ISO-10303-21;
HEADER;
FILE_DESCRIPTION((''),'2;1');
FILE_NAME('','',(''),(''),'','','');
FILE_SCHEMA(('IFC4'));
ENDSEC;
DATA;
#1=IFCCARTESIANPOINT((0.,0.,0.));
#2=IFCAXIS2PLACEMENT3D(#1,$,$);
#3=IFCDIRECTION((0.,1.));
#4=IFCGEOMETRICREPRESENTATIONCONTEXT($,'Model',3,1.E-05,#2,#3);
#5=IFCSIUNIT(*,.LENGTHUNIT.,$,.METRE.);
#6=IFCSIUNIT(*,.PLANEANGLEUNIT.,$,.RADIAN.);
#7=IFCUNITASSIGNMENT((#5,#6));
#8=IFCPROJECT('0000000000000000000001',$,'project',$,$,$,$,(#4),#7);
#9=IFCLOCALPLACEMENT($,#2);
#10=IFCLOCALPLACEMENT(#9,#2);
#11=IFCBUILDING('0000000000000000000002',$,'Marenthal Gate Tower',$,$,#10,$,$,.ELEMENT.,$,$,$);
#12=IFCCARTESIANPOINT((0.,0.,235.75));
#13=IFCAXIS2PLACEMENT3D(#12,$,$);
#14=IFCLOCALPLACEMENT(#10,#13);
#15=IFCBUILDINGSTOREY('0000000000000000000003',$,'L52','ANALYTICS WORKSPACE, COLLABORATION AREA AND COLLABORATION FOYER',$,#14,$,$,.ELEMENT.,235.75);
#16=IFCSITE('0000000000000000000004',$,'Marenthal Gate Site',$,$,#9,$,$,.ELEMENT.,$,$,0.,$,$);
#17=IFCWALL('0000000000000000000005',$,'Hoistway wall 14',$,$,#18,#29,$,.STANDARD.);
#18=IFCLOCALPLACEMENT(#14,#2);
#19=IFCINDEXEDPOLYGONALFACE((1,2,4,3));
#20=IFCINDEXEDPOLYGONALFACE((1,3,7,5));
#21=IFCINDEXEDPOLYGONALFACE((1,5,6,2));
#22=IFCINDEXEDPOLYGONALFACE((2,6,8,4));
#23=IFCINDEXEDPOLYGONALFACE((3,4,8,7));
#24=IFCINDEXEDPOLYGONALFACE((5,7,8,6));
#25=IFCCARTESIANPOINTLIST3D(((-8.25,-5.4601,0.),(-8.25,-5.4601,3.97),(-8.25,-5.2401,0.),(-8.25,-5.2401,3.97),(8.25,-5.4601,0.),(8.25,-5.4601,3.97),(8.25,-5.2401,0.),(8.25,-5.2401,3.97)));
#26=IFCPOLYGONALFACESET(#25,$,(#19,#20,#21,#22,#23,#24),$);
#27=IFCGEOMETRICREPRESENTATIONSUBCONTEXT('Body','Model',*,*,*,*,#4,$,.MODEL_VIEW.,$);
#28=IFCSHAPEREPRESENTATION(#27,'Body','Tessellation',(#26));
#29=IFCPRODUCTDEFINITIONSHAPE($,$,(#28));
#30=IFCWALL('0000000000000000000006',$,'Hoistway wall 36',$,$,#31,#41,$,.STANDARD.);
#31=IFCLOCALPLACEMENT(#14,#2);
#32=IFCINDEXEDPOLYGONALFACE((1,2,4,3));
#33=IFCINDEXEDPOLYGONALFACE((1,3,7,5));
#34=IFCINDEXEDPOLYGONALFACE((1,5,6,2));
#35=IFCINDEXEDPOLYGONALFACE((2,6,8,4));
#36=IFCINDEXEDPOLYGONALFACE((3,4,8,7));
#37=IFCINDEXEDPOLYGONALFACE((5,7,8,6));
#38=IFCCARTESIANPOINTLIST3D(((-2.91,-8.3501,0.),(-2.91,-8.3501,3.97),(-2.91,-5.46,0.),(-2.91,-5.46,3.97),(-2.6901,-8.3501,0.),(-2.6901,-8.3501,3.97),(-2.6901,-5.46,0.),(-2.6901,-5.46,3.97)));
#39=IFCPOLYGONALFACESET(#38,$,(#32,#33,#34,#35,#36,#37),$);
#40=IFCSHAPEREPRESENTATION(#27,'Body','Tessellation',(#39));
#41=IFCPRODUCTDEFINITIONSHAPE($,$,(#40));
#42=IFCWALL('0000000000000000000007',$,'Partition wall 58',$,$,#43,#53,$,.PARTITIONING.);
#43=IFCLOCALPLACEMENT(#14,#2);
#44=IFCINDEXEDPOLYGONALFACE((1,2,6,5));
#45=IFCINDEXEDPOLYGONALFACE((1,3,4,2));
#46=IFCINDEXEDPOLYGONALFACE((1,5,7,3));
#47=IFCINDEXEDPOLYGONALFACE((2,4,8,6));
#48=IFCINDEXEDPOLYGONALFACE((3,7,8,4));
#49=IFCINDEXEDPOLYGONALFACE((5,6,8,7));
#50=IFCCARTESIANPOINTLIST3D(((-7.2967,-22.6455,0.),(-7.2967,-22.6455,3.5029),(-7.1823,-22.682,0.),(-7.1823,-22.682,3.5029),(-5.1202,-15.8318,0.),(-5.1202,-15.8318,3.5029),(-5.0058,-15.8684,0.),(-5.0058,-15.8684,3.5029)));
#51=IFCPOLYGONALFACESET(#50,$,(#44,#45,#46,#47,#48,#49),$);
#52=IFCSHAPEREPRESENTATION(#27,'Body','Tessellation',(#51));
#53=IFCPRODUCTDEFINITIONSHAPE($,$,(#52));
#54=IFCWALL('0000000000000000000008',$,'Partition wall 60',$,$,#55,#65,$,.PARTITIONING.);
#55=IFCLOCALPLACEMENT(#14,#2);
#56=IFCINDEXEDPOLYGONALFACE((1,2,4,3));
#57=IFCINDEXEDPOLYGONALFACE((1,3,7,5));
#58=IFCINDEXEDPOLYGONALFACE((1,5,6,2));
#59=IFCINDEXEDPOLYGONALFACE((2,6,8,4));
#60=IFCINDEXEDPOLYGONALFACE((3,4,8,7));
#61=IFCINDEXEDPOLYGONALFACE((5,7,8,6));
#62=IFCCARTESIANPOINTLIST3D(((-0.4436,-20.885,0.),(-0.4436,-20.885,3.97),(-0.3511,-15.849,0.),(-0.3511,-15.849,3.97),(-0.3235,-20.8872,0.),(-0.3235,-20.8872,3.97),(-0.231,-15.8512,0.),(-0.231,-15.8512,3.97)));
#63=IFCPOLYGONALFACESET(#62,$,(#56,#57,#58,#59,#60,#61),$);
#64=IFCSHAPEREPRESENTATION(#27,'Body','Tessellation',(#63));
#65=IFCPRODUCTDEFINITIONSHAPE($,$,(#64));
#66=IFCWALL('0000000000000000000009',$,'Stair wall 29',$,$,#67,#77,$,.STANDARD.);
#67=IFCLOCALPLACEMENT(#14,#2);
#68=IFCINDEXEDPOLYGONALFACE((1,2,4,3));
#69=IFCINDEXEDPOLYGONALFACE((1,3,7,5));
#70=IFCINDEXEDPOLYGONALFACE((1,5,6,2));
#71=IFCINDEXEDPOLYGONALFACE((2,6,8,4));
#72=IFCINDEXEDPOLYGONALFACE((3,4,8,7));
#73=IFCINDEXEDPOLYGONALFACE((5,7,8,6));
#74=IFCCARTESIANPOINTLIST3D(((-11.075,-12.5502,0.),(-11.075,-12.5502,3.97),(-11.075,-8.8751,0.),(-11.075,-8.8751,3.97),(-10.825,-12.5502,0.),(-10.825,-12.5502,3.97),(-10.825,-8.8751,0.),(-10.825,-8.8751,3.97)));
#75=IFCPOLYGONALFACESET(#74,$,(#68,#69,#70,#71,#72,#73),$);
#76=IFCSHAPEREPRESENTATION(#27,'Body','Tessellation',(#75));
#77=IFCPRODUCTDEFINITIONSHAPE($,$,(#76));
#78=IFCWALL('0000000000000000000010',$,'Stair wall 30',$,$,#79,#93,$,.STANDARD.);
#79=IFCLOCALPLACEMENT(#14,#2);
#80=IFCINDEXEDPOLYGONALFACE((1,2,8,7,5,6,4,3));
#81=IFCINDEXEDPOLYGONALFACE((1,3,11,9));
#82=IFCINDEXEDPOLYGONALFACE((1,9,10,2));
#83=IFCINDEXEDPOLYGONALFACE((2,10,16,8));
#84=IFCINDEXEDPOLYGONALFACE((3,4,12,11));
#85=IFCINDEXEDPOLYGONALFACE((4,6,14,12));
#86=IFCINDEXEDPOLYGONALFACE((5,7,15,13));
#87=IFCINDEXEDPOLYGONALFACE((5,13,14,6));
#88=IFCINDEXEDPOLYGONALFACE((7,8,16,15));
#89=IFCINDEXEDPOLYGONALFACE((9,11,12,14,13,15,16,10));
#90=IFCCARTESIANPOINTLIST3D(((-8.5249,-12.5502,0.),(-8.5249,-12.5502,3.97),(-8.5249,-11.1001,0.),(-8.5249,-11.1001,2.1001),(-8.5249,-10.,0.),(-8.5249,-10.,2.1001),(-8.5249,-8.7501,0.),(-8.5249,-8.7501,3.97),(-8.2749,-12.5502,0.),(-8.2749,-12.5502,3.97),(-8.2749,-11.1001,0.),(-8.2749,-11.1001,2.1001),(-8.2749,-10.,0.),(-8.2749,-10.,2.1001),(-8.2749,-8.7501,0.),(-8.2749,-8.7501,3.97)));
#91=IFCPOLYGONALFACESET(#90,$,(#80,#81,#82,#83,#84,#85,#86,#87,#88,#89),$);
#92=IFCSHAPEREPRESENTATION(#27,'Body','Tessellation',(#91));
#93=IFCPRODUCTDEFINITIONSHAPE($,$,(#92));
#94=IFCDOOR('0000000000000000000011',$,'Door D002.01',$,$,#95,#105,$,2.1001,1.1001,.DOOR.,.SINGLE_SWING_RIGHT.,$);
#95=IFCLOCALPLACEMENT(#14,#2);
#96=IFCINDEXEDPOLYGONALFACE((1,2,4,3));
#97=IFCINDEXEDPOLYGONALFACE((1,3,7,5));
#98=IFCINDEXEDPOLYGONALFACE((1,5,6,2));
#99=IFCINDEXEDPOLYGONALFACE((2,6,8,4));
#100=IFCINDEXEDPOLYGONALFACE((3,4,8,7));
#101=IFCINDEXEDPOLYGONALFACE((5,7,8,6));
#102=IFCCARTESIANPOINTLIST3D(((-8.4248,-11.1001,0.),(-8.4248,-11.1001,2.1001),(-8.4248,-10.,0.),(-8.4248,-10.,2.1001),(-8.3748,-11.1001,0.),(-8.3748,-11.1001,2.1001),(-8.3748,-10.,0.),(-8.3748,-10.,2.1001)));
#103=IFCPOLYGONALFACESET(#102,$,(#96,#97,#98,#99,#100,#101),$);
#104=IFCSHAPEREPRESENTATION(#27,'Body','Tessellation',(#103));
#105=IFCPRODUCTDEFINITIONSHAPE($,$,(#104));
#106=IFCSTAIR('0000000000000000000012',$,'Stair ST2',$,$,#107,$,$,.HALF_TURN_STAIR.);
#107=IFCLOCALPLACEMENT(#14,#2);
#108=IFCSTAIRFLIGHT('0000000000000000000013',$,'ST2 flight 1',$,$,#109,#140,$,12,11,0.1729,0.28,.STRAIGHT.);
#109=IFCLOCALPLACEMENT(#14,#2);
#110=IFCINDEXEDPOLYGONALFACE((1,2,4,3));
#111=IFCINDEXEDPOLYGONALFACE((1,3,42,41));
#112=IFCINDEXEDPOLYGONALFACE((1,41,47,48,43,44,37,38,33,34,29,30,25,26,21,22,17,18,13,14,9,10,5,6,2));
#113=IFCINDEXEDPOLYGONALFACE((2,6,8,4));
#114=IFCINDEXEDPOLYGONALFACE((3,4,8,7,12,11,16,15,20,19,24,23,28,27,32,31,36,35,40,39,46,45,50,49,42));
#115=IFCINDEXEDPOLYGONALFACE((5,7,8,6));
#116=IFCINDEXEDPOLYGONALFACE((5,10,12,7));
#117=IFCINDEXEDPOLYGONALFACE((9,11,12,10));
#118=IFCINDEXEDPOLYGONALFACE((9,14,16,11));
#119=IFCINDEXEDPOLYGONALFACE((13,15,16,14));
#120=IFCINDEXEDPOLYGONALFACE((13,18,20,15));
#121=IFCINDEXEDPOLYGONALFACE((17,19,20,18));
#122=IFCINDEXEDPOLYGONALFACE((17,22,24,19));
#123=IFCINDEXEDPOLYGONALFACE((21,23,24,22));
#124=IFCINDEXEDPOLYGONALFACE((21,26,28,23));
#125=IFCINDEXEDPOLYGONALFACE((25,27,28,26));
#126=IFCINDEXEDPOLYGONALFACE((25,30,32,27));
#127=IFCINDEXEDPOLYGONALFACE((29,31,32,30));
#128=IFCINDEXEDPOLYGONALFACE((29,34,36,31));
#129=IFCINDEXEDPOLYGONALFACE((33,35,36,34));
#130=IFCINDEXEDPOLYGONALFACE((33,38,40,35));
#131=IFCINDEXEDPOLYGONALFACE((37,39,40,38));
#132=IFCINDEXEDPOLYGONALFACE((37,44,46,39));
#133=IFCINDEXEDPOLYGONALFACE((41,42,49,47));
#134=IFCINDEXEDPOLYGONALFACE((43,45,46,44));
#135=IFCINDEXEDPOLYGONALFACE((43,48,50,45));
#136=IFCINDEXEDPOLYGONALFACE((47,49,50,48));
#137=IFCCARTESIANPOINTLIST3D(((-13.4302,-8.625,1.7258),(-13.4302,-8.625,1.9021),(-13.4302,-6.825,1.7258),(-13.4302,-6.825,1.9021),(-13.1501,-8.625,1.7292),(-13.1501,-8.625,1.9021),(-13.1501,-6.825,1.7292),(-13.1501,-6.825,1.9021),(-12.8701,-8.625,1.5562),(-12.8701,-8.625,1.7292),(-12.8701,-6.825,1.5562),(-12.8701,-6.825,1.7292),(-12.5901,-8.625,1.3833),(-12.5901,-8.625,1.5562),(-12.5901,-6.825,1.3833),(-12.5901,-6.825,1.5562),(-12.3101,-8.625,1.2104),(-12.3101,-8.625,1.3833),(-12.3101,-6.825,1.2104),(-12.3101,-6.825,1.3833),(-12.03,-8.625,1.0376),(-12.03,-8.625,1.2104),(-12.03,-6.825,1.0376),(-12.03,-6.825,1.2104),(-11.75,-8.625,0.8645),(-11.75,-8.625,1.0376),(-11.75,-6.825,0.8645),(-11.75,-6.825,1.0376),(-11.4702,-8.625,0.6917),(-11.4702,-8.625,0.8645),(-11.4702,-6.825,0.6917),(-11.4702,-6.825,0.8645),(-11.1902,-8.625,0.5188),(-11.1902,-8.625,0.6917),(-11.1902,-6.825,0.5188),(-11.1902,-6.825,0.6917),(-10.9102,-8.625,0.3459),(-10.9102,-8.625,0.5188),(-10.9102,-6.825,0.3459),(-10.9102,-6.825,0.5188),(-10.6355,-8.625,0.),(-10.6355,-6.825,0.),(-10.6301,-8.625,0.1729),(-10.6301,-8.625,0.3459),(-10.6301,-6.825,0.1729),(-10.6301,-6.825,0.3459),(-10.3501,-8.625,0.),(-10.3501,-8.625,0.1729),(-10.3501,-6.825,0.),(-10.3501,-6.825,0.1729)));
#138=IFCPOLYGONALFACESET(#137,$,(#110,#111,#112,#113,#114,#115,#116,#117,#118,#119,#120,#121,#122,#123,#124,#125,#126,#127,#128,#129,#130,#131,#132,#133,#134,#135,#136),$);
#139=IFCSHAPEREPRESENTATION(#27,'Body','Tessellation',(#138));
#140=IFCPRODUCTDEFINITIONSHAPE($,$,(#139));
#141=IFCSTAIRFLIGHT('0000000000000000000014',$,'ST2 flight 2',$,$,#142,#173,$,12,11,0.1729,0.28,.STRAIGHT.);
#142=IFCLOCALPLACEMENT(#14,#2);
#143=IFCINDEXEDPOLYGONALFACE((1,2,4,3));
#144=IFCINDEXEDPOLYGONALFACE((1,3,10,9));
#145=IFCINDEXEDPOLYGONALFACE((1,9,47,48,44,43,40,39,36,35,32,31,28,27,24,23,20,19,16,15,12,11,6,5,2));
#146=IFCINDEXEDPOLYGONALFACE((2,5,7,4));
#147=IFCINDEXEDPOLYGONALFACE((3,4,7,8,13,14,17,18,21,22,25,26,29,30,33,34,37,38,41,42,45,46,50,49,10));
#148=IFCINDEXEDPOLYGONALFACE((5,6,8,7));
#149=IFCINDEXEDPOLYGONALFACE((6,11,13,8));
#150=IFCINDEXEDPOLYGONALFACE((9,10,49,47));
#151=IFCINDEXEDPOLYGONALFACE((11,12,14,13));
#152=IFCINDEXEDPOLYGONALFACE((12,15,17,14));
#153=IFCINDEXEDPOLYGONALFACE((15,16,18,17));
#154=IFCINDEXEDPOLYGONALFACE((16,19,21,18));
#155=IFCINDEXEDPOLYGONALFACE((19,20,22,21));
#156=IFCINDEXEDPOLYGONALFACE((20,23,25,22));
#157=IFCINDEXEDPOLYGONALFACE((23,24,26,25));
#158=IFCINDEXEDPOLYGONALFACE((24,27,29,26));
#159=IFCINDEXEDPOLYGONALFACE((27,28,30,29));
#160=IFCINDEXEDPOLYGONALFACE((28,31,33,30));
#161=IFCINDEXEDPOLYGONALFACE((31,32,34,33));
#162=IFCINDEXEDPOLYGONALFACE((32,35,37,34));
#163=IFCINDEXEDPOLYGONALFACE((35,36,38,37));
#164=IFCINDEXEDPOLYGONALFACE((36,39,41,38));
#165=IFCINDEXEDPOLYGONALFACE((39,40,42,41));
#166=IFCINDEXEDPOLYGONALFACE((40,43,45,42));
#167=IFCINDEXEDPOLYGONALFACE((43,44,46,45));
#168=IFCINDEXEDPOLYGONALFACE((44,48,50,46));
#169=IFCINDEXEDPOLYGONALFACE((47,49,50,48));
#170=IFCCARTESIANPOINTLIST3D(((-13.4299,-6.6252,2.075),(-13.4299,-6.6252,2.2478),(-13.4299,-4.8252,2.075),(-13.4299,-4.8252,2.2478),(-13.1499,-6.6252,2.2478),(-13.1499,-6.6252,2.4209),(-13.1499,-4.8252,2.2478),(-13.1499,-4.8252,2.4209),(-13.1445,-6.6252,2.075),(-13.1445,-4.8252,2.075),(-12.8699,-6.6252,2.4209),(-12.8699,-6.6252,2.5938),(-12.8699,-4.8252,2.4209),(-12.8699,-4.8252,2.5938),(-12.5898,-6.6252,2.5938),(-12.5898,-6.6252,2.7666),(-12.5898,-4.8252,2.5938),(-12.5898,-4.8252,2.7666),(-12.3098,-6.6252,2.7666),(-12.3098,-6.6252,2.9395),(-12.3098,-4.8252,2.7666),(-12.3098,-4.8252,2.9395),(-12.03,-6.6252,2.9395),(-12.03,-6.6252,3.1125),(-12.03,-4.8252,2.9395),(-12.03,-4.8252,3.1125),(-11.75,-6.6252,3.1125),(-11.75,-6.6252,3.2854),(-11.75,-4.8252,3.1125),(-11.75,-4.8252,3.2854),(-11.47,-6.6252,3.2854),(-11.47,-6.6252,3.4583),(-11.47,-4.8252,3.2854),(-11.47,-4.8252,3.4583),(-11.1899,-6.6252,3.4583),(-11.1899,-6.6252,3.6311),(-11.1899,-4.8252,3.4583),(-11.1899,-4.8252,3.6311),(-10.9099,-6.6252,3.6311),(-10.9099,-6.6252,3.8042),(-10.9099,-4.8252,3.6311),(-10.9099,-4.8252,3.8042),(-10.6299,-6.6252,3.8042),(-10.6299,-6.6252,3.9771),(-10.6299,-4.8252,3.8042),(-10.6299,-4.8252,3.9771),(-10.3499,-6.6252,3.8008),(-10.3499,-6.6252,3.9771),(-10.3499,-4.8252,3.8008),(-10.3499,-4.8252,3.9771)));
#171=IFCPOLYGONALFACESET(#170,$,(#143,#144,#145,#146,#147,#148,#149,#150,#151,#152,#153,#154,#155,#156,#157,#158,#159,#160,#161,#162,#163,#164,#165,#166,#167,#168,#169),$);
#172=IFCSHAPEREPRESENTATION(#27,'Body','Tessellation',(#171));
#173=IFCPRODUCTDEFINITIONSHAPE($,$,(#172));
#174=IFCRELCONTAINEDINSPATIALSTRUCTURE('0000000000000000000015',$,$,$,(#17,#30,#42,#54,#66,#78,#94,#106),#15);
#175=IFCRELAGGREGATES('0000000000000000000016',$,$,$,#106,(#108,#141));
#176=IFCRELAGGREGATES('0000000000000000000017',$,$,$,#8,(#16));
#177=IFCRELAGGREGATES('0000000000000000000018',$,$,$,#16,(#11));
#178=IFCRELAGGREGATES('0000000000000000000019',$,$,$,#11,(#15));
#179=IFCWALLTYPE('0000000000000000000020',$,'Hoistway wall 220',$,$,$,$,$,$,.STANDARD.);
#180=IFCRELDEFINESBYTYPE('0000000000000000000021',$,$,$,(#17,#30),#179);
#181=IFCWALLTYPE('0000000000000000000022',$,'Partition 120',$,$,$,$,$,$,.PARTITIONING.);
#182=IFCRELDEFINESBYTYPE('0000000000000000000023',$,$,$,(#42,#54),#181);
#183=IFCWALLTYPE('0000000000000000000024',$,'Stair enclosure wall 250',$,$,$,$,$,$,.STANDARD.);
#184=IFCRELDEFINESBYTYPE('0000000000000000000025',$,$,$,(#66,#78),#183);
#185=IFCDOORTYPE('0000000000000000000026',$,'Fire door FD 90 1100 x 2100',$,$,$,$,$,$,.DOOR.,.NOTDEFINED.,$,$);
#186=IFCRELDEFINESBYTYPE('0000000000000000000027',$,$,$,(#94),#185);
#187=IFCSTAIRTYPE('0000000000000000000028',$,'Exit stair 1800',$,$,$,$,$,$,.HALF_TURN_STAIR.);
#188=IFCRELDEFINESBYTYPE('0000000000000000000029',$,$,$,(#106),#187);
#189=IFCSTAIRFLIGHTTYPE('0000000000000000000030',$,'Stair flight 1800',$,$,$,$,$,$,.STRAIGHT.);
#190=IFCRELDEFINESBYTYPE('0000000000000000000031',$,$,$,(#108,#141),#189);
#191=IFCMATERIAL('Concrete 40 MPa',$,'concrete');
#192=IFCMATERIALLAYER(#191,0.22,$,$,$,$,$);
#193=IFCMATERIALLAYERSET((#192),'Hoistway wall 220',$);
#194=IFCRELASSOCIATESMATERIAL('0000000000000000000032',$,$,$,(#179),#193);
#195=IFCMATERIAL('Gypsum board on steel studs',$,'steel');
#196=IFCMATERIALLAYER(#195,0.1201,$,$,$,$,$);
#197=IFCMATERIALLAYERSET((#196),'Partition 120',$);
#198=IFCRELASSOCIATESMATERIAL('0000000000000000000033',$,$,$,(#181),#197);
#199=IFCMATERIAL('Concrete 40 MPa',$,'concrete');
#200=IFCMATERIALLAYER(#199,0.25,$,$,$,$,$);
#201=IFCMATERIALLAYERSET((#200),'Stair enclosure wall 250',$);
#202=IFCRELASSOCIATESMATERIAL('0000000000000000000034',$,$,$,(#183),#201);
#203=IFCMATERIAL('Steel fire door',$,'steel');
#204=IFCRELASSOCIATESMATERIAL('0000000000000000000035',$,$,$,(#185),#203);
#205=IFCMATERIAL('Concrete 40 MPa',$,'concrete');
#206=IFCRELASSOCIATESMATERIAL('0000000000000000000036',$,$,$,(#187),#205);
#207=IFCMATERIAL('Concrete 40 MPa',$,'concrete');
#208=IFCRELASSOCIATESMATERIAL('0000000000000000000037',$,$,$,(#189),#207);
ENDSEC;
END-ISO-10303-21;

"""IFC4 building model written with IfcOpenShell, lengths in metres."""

from ifc_helpers import new_model, si_unit, direction, frame, frame_2d, origin, place, context, subcontext, project, spatial, polyline, rectangle, outline, extrude, material, layer, layer_set, type_object, element, fill, aggregate, save


model = new_model("IFC4")

# Units and contexts
model_context = context("Model", 3, precision=1e-05, world=origin(), true_north=direction((0.0, 1.0)))
body_context = subcontext(model_context, "Body", "Model", "MODEL_VIEW")
ifc_project = project(units=[si_unit("LENGTHUNIT", "METRE"), si_unit("PLANEANGLEUNIT", "RADIAN")], contexts=[model_context])

# Site, building, storey
site_placement = place(None, origin())
site = spatial("IfcSite", under=ifc_project, at=site_placement, Name="Marenthal Gate Site", CompositionType="ELEMENT", RefElevation=0.0)
building_placement = place(site_placement, origin())
building = spatial("IfcBuilding", under=site, at=building_placement, Name="Marenthal Gate Tower", CompositionType="ELEMENT")
storey_placement = place(building_placement, frame((0.0, 0.0, 235.75)))
storey = spatial("IfcBuildingStorey", under=building, at=storey_placement, Name="L52", Description="ANALYTICS WORKSPACE, COLLABORATION AREA AND COLLABORATION FOYER", CompositionType="ELEMENT", Elevation=235.75)

# Shared definitions
ifc_material_1 = material(Name="Concrete 40 MPa", Category="concrete")
ifc_layer_1 = layer(ifc_material_1, 0.22)
ifc_layer_set_1 = layer_set([ifc_layer_1], Name="Hoistway wall 220")
wall_type_1 = type_object("IfcWallType", Name="Hoistway wall 220", PredefinedType="STANDARD", material=ifc_layer_set_1)

# Walls
wall_1_placement = place(storey_placement, frame((-8.25, -5.3501, 0.0), z_axis=(0.0, 0.0, 1.0), x_axis=(1.0, 0.0, 0.0)))
element("IfcWall", 1, at=wall_1_placement, inside=storey, type_object=wall_type_1, Name="Hoistway wall 14", PredefinedType="STANDARD", context=body_context, shape_type="SweptSolid", body=[
    extrude(rectangle(XDim=16.5, YDim=0.22, at=frame_2d((8.25, 0.0))), origin(), (0.0, 0.0, 1.0), 3.97),
])
wall_2_placement = place(storey_placement, frame((-2.8, -8.3501, 0.0), z_axis=(0.0, 0.0, 1.0), x_axis=(0.0, 1.0, 0.0)))
element("IfcWall", 2, at=wall_2_placement, inside=storey, type_object=wall_type_1, Name="Hoistway wall 36", PredefinedType="STANDARD", context=body_context, shape_type="SweptSolid", body=[
    extrude(rectangle(XDim=2.8901, YDim=0.22, at=frame_2d((1.4451, 0.0))), origin(), (0.0, 0.0, 1.0), 3.97),
])
ifc_material_2 = material(Name="Gypsum board on steel studs", Category="steel")
ifc_layer_2 = layer(ifc_material_2, 0.1201)
ifc_layer_set_2 = layer_set([ifc_layer_2], Name="Partition 120")
wall_type_2 = type_object("IfcWallType", Name="Partition 120", PredefinedType="PARTITIONING", material=ifc_layer_set_2)
wall_3_placement = place(storey_placement, frame((-5.063, -15.8501, 0.0), z_axis=(0.0, 0.0, 1.0), x_axis=(-0.304284, -0.952581, 0.0)))
element("IfcWall", 3, at=wall_3_placement, inside=storey, type_object=wall_type_2, Name="Partition wall 58", PredefinedType="PARTITIONING", context=body_context, shape_type="SweptSolid", body=[
    extrude(rectangle(XDim=7.1528, YDim=0.1201, at=frame_2d((3.5764, 0.0))), origin(), (0.0, 0.0, 1.0), 3.5029),
])
wall_4_placement = place(storey_placement, frame((-0.3835, -20.8862, 0.0), z_axis=(0.0, 0.0, 1.0), x_axis=(0.01837, 0.999831, 0.0)))
element("IfcWall", 4, at=wall_4_placement, inside=storey, type_object=wall_type_2, Name="Partition wall 60", PredefinedType="PARTITIONING", context=body_context, shape_type="SweptSolid", body=[
    extrude(rectangle(XDim=5.0369, YDim=0.1201, at=frame_2d((2.5186, 0.0))), origin(), (0.0, 0.0, 1.0), 3.97),
])
ifc_material_3 = material(Name="Concrete 40 MPa", Category="concrete")
ifc_layer_3 = layer(ifc_material_3, 0.25)
ifc_layer_set_3 = layer_set([ifc_layer_3], Name="Stair enclosure wall 250")
wall_type_3 = type_object("IfcWallType", Name="Stair enclosure wall 250", PredefinedType="STANDARD", material=ifc_layer_set_3)
wall_5_placement = place(storey_placement, frame((-10.95, -12.55, 0.0), z_axis=(0.0, 0.0, 1.0), x_axis=(0.0, 1.0, 0.0)))
element("IfcWall", 5, at=wall_5_placement, inside=storey, type_object=wall_type_3, Name="Stair wall 29", PredefinedType="STANDARD", context=body_context, shape_type="SweptSolid", body=[
    extrude(rectangle(XDim=3.675, YDim=0.25, at=frame_2d((1.8374, 0.0))), origin(), (0.0, 0.0, 1.0), 3.97),
])

# Wall, opening, door
wall_6_placement = place(storey_placement, frame((-8.3999, -12.55, 0.0), z_axis=(0.0, 0.0, 1.0), x_axis=(0.0, 1.0, 0.0)))
wall_6 = element("IfcWall", 6, at=wall_6_placement, inside=storey, type_object=wall_type_3, Name="Stair wall 30", PredefinedType="STANDARD", context=body_context, shape_type="SweptSolid", body=[
    extrude(rectangle(XDim=3.8, YDim=0.25, at=frame_2d((1.8999, 0.0))), origin(), (0.0, 0.0, 1.0), 3.97),
])
opening_1_placement = place(wall_6_placement, frame((1.45, 0.0, 0.0)))
opening_1 = element("IfcOpeningElement", 7, at=opening_1_placement, cuts=wall_6, PredefinedType="OPENING", context=body_context, shape_type="SweptSolid", body=[
    extrude(rectangle(XDim=1.1001, YDim=2.1001, at=frame_2d((0.55, 1.05))), frame((0.0, 0.135, 0.0), z_axis=(0.0, -1.0, 0.0), x_axis=(1.0, 0.0, 0.0)), (0.0, 0.0, 1.0), 0.27),
])
ifc_material_4 = material(Name="Steel fire door", Category="steel")
door_type_1 = type_object("IfcDoorType", Name="Fire door FD 90 1100 x 2100", OperationType="NOTDEFINED", PredefinedType="DOOR", material=ifc_material_4)
door_1_placement = place(opening_1_placement, origin())
door_1 = element("IfcDoor", 8, at=door_1_placement, inside=storey, type_object=door_type_1, Name="Door D002.01", OperationType="SINGLE_SWING_RIGHT", OverallHeight=2.1001, OverallWidth=1.1001, PredefinedType="DOOR", context=body_context, shape_type="SweptSolid", body=[
    extrude(rectangle(XDim=1.1001, YDim=2.1001, at=frame_2d((0.55, 1.05))), frame((0.0, 0.0249, 0.0), z_axis=(0.0, -1.0, 0.0), x_axis=(1.0, 0.0, 0.0)), (0.0, 0.0, 1.0), 0.05),
])
fill(opening_1, door_1)

# Stair, stair flights
ifc_material_5 = material(Name="Concrete 40 MPa", Category="concrete")
stair_type = type_object("IfcStairType", Name="Exit stair 1800", PredefinedType="HALF_TURN_STAIR", material=ifc_material_5)
stair_placement = place(storey_placement, origin())
stair = element("IfcStair", 9, at=stair_placement, inside=storey, type_object=stair_type, Name="Stair ST2", PredefinedType="HALF_TURN_STAIR")
ifc_material_6 = material(Name="Concrete 40 MPa", Category="concrete")
stair_flight_type = type_object("IfcStairFlightType", Name="Stair flight 1800", PredefinedType="STRAIGHT", material=ifc_material_6)
stair_flight_1_placement = place(storey_placement, frame((-10.3501, -7.7251, 0.0), z_axis=(0.0, 0.0, 1.0), x_axis=(-1.0, 0.0, 0.0)))
stair_flight_1 = element("IfcStairFlight", 10, at=stair_flight_1_placement, type_object=stair_flight_type, Name="ST2 flight 1", NumberOfRisers=12, NumberOfTreads=11, PredefinedType="STRAIGHT", RiserHeight=0.1729, TreadLength=0.28, context=body_context, shape_type="SweptSolid", body=[
    extrude(outline(polyline([(0.0, 0.0), (0.0, 0.1729), (0.28, 0.1729), (0.28, 0.3459), (0.5601, 0.3459), (0.5601, 0.5188), (0.8401, 0.5188), (0.8401, 0.6917), (1.1201, 0.6917), (1.1201, 0.8645), (1.3999, 0.8645), (1.3999, 1.0376), (1.6799, 1.0376), (1.6799, 1.2104), (1.96, 1.2104), (1.96, 1.3833), (2.24, 1.3833), (2.24, 1.5562), (2.52, 1.5562), (2.52, 1.7292), (2.8, 1.7292), (2.8, 1.9021), (3.0801, 1.9021), (3.0801, 2.075), (3.0801, 1.7258), (0.2854, 0.0), (0.0, 0.0)])), frame((0.0, 0.8999, 0.0), z_axis=(0.0, -1.0, 0.0), x_axis=(1.0, 0.0, 0.0)), (0.0, 0.0, 1.0), 1.8),
])
stair_flight_2_placement = place(storey_placement, frame((-13.4299, -5.7251, 2.075), z_axis=(0.0, 0.0, 1.0), x_axis=(1.0, 0.0, 0.0)))
stair_flight_2 = element("IfcStairFlight", 11, at=stair_flight_2_placement, type_object=stair_flight_type, Name="ST2 flight 2", NumberOfRisers=12, NumberOfTreads=11, PredefinedType="STRAIGHT", RiserHeight=0.1729, TreadLength=0.28, context=body_context, shape_type="SweptSolid", body=[
    extrude(outline(polyline([(0.0, 0.0), (0.0, 0.1729), (0.28, 0.1729), (0.28, 0.3459), (0.5601, 0.3459), (0.5601, 0.5188), (0.8401, 0.5188), (0.8401, 0.6917), (1.1201, 0.6917), (1.1201, 0.8645), (1.3999, 0.8645), (1.3999, 1.0376), (1.6799, 1.0376), (1.6799, 1.2104), (1.96, 1.2104), (1.96, 1.3833), (2.24, 1.3833), (2.24, 1.5562), (2.52, 1.5562), (2.52, 1.7292), (2.8, 1.7292), (2.8, 1.9021), (3.0801, 1.9021), (3.0801, 2.075), (3.0801, 1.7258), (0.2854, 0.0), (0.0, 0.0)])), frame((0.0, 0.8999, 0.0), z_axis=(0.0, -1.0, 0.0), x_axis=(1.0, 0.0, 0.0)), (0.0, 0.0, 1.0), 1.8),
])
aggregate(stair, [stair_flight_1, stair_flight_2])

save(model, "model.ifc")
